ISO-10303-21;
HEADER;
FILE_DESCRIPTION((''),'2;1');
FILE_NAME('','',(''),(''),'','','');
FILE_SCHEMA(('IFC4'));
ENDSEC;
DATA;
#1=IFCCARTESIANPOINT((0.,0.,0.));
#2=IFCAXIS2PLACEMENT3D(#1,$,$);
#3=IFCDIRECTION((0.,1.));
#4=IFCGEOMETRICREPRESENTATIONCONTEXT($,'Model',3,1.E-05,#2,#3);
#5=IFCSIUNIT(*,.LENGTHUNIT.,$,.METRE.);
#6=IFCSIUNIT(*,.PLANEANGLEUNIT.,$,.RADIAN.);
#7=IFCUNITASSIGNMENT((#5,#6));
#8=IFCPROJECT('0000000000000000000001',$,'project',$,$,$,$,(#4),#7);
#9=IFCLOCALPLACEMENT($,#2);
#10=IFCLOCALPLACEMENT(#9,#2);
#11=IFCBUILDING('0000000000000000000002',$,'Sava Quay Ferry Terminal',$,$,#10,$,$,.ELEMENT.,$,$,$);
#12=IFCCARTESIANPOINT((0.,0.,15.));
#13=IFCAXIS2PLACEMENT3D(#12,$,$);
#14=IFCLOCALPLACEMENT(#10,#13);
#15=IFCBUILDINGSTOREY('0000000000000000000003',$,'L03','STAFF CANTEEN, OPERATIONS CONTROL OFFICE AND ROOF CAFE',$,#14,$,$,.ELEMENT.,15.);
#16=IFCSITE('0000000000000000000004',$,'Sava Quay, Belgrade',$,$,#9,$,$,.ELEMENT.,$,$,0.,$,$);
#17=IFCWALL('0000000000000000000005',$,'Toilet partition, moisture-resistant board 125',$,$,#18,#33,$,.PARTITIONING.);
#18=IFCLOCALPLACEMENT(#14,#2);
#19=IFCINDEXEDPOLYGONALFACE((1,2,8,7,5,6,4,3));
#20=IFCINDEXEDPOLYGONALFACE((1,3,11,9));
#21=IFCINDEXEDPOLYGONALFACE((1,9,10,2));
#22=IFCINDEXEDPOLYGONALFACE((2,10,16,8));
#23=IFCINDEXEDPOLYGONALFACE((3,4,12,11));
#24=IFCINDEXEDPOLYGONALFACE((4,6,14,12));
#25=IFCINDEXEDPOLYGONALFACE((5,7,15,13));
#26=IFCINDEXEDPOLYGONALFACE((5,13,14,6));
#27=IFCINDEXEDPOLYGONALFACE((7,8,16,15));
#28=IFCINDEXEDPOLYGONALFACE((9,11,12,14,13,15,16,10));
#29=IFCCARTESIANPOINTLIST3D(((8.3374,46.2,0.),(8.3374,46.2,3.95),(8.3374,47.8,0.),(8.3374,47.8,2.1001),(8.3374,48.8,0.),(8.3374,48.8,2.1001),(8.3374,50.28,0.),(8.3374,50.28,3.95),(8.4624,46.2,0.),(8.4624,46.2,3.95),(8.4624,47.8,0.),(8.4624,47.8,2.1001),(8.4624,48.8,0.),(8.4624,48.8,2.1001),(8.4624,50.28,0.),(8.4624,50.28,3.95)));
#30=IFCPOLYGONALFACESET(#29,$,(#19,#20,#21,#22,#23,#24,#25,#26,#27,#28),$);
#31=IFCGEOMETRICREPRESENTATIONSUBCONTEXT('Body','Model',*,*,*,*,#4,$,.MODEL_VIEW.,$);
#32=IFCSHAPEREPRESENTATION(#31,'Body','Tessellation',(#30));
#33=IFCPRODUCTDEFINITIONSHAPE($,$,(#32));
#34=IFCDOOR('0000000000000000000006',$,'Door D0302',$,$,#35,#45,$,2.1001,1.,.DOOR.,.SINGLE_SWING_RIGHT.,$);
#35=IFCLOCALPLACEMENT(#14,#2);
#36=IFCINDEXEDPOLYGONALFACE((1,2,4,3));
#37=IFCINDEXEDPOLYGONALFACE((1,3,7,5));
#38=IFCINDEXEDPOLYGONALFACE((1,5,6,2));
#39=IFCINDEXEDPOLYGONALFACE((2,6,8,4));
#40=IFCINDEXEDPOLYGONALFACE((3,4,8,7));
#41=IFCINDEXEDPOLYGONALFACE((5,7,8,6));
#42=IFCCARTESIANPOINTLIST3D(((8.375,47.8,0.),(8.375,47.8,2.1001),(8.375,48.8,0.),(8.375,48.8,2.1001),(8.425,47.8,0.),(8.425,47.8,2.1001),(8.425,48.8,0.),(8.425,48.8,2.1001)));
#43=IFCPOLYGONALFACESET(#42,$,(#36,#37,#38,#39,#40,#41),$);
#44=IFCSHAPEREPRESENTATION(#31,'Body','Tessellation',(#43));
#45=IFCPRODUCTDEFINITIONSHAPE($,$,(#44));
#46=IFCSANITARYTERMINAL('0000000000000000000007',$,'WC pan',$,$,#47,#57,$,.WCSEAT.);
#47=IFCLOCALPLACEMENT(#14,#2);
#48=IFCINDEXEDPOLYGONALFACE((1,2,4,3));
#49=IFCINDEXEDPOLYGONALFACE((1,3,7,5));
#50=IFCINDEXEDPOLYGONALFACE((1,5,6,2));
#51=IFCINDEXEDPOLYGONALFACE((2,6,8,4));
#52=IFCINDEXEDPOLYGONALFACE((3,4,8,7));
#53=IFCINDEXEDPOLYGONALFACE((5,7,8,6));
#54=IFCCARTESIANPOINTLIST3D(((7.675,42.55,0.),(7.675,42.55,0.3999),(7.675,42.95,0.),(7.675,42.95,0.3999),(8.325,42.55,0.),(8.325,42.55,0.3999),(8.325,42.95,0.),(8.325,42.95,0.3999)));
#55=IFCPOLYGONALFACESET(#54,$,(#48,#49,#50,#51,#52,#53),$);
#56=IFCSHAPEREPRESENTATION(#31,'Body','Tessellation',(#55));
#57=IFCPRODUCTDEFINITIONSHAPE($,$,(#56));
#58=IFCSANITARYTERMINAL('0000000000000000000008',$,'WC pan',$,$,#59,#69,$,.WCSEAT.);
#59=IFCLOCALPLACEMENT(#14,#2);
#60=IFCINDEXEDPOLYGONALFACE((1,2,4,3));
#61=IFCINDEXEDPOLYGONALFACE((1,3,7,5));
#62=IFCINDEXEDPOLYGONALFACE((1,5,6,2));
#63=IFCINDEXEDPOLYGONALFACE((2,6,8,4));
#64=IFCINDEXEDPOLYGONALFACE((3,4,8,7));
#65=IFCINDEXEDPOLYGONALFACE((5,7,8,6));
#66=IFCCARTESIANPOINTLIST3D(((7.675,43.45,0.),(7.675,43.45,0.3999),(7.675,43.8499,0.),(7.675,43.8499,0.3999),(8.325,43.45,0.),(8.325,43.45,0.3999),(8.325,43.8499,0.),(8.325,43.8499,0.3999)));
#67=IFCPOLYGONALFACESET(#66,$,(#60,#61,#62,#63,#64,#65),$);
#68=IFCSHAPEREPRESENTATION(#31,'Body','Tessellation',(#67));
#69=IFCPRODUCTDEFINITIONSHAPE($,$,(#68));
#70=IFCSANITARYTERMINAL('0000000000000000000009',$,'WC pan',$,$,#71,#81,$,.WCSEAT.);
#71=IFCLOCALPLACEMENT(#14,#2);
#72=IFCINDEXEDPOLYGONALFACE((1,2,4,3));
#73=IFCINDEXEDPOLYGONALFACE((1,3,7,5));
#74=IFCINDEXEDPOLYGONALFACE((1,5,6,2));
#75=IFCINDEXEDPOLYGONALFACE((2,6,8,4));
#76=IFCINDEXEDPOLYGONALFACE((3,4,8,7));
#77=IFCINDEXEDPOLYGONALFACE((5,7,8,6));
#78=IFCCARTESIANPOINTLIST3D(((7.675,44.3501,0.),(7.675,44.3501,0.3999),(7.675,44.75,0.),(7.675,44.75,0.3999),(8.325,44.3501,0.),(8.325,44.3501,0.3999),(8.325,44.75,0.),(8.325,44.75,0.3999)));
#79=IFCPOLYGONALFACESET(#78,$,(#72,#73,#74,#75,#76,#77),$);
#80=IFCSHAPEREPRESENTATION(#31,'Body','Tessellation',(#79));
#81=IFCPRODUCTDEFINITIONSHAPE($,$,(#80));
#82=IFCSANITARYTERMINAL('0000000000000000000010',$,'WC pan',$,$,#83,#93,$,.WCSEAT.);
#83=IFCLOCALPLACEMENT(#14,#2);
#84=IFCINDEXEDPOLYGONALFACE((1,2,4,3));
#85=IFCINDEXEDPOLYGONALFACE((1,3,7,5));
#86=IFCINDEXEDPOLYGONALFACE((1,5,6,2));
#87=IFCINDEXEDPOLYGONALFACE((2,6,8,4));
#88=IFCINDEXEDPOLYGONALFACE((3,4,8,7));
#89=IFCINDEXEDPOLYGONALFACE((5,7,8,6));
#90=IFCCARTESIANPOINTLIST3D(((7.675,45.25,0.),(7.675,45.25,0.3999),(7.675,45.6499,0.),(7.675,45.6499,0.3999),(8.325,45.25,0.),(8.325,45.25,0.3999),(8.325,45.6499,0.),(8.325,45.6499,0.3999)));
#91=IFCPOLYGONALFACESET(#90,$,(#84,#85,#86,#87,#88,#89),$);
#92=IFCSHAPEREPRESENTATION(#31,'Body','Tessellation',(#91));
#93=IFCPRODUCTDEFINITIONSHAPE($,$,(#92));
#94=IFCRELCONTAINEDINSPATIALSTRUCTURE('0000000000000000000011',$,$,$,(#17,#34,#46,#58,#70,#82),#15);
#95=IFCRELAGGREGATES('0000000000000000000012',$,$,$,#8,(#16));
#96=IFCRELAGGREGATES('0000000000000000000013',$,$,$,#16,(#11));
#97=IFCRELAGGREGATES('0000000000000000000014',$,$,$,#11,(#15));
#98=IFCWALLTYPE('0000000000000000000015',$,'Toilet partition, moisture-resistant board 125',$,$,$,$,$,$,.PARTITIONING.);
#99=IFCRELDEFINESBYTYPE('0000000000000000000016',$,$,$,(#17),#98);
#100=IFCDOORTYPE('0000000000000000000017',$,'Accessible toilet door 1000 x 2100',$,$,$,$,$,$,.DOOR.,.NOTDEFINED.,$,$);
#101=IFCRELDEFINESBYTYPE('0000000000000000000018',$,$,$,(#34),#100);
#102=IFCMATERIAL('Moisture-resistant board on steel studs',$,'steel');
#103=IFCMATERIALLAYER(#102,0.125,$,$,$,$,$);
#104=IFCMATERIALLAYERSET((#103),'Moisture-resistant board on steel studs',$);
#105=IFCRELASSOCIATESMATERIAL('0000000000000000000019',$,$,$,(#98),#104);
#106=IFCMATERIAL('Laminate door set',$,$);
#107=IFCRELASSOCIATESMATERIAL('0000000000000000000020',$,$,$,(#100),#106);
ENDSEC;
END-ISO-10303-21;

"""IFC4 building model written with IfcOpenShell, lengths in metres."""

from ifc_helpers import new_model, si_unit, direction, frame, frame_2d, origin, origin_2d, place, context, subcontext, project, spatial, rectangle, extrude, material, layer, layer_set, type_object, element, fill, save


model = new_model("IFC4")

# Units and contexts
model_context = context("Model", 3, precision=1e-05, world=origin(), true_north=direction((0.0, 1.0)))
body_context = subcontext(model_context, "Body", "Model", "MODEL_VIEW")
ifc_project = project(units=[si_unit("LENGTHUNIT", "METRE"), si_unit("PLANEANGLEUNIT", "RADIAN")], contexts=[model_context])

# Site, building, storey
site_placement = place(None, origin())
site = spatial("IfcSite", under=ifc_project, at=site_placement, Name="Sava Quay, Belgrade", CompositionType="ELEMENT", RefElevation=0.0)
building_placement = place(site_placement, origin())
building = spatial("IfcBuilding", under=site, at=building_placement, Name="Sava Quay Ferry Terminal", CompositionType="ELEMENT")
storey_placement = place(building_placement, frame((0.0, 0.0, 15.0)))
storey = spatial("IfcBuildingStorey", under=building, at=storey_placement, Name="L03", Description="STAFF CANTEEN, OPERATIONS CONTROL OFFICE AND ROOF CAFE", CompositionType="ELEMENT", Elevation=15.0)

# Shared definitions
ifc_material_1 = material(Name="Moisture-resistant board on steel studs", Category="steel")
ifc_layer_1 = layer(ifc_material_1, 0.125)
ifc_layer_set_1 = layer_set([ifc_layer_1], Name="Moisture-resistant board on steel studs")
wall_type_1 = type_object("IfcWallType", Name="Toilet partition, moisture-resistant board 125", PredefinedType="PARTITIONING", material=ifc_layer_set_1)

# Wall, opening, door
wall_1_placement = place(storey_placement, frame((8.3999, 46.2, 0.0), z_axis=(0.0, 0.0, 1.0), x_axis=(0.0, 1.0, 0.0)))
wall_1 = element("IfcWall", 1, at=wall_1_placement, inside=storey, type_object=wall_type_1, Name="Toilet partition, moisture-resistant board 125", PredefinedType="PARTITIONING", context=body_context, shape_type="SweptSolid", body=[
    extrude(rectangle(XDim=4.0801, YDim=0.125, at=frame_2d((2.04, 0.0))), origin(), (0.0, 0.0, 1.0), 3.95),
])
opening_1_placement = place(wall_1_placement, frame((1.6001, 0.0, 0.0)))
opening_1 = element("IfcOpeningElement", 2, at=opening_1_placement, cuts=wall_1, PredefinedType="OPENING", context=body_context, shape_type="SweptSolid", body=[
    extrude(rectangle(XDim=1.0, YDim=2.1001, at=frame_2d((0.5, 1.05))), frame((0.0, 0.0625, 0.0), z_axis=(0.0, -1.0, 0.0), x_axis=(1.0, 0.0, 0.0)), (0.0, 0.0, 1.0), 0.125),
])
ifc_material_2 = material(Name="Laminate door set")
door_type_1 = type_object("IfcDoorType", Name="Accessible toilet door 1000 x 2100", OperationType="NOTDEFINED", PredefinedType="DOOR", material=ifc_material_2)
door_1_placement = place(opening_1_placement, origin())
door_1 = element("IfcDoor", 3, at=door_1_placement, inside=storey, type_object=door_type_1, Name="Door D0302", OperationType="SINGLE_SWING_RIGHT", OverallHeight=2.1001, OverallWidth=1.0, PredefinedType="DOOR", context=body_context, shape_type="SweptSolid", body=[
    extrude(rectangle(XDim=1.0, YDim=2.1001, at=frame_2d((0.5, 1.05))), frame((0.0, 0.0249, 0.0), z_axis=(0.0, -1.0, 0.0), x_axis=(1.0, 0.0, 0.0)), (0.0, 0.0, 1.0), 0.05),
])
fill(opening_1, door_1)

# Sanitary terminals
for number, where, z_axis, x_axis, name in (
    (4, (8.0, 42.75, 0.0), (0.0, 0.0, 1.0), (1.0, 0.0, 0.0), "WC pan"),
    (5, (8.0, 43.6499, 0.0), (0.0, 0.0, 1.0), (1.0, 0.0, 0.0), "WC pan"),
    (6, (8.0, 44.55, 0.0), (0.0, 0.0, 1.0), (1.0, 0.0, 0.0), "WC pan"),
    (7, (8.0, 45.45, 0.0), (0.0, 0.0, 1.0), (1.0, 0.0, 0.0), "WC pan"),
):
    element("IfcSanitaryTerminal", number, at=place(storey_placement, frame(where, z_axis=z_axis, x_axis=x_axis)), inside=storey, Name=name, PredefinedType="WCSEAT", context=body_context, shape_type="SweptSolid", body=[
        extrude(rectangle(XDim=0.6499, YDim=0.3999, at=origin_2d()), origin(), (0.0, 0.0, 1.0), 0.3999),
    ])

save(model, "model.ifc")
